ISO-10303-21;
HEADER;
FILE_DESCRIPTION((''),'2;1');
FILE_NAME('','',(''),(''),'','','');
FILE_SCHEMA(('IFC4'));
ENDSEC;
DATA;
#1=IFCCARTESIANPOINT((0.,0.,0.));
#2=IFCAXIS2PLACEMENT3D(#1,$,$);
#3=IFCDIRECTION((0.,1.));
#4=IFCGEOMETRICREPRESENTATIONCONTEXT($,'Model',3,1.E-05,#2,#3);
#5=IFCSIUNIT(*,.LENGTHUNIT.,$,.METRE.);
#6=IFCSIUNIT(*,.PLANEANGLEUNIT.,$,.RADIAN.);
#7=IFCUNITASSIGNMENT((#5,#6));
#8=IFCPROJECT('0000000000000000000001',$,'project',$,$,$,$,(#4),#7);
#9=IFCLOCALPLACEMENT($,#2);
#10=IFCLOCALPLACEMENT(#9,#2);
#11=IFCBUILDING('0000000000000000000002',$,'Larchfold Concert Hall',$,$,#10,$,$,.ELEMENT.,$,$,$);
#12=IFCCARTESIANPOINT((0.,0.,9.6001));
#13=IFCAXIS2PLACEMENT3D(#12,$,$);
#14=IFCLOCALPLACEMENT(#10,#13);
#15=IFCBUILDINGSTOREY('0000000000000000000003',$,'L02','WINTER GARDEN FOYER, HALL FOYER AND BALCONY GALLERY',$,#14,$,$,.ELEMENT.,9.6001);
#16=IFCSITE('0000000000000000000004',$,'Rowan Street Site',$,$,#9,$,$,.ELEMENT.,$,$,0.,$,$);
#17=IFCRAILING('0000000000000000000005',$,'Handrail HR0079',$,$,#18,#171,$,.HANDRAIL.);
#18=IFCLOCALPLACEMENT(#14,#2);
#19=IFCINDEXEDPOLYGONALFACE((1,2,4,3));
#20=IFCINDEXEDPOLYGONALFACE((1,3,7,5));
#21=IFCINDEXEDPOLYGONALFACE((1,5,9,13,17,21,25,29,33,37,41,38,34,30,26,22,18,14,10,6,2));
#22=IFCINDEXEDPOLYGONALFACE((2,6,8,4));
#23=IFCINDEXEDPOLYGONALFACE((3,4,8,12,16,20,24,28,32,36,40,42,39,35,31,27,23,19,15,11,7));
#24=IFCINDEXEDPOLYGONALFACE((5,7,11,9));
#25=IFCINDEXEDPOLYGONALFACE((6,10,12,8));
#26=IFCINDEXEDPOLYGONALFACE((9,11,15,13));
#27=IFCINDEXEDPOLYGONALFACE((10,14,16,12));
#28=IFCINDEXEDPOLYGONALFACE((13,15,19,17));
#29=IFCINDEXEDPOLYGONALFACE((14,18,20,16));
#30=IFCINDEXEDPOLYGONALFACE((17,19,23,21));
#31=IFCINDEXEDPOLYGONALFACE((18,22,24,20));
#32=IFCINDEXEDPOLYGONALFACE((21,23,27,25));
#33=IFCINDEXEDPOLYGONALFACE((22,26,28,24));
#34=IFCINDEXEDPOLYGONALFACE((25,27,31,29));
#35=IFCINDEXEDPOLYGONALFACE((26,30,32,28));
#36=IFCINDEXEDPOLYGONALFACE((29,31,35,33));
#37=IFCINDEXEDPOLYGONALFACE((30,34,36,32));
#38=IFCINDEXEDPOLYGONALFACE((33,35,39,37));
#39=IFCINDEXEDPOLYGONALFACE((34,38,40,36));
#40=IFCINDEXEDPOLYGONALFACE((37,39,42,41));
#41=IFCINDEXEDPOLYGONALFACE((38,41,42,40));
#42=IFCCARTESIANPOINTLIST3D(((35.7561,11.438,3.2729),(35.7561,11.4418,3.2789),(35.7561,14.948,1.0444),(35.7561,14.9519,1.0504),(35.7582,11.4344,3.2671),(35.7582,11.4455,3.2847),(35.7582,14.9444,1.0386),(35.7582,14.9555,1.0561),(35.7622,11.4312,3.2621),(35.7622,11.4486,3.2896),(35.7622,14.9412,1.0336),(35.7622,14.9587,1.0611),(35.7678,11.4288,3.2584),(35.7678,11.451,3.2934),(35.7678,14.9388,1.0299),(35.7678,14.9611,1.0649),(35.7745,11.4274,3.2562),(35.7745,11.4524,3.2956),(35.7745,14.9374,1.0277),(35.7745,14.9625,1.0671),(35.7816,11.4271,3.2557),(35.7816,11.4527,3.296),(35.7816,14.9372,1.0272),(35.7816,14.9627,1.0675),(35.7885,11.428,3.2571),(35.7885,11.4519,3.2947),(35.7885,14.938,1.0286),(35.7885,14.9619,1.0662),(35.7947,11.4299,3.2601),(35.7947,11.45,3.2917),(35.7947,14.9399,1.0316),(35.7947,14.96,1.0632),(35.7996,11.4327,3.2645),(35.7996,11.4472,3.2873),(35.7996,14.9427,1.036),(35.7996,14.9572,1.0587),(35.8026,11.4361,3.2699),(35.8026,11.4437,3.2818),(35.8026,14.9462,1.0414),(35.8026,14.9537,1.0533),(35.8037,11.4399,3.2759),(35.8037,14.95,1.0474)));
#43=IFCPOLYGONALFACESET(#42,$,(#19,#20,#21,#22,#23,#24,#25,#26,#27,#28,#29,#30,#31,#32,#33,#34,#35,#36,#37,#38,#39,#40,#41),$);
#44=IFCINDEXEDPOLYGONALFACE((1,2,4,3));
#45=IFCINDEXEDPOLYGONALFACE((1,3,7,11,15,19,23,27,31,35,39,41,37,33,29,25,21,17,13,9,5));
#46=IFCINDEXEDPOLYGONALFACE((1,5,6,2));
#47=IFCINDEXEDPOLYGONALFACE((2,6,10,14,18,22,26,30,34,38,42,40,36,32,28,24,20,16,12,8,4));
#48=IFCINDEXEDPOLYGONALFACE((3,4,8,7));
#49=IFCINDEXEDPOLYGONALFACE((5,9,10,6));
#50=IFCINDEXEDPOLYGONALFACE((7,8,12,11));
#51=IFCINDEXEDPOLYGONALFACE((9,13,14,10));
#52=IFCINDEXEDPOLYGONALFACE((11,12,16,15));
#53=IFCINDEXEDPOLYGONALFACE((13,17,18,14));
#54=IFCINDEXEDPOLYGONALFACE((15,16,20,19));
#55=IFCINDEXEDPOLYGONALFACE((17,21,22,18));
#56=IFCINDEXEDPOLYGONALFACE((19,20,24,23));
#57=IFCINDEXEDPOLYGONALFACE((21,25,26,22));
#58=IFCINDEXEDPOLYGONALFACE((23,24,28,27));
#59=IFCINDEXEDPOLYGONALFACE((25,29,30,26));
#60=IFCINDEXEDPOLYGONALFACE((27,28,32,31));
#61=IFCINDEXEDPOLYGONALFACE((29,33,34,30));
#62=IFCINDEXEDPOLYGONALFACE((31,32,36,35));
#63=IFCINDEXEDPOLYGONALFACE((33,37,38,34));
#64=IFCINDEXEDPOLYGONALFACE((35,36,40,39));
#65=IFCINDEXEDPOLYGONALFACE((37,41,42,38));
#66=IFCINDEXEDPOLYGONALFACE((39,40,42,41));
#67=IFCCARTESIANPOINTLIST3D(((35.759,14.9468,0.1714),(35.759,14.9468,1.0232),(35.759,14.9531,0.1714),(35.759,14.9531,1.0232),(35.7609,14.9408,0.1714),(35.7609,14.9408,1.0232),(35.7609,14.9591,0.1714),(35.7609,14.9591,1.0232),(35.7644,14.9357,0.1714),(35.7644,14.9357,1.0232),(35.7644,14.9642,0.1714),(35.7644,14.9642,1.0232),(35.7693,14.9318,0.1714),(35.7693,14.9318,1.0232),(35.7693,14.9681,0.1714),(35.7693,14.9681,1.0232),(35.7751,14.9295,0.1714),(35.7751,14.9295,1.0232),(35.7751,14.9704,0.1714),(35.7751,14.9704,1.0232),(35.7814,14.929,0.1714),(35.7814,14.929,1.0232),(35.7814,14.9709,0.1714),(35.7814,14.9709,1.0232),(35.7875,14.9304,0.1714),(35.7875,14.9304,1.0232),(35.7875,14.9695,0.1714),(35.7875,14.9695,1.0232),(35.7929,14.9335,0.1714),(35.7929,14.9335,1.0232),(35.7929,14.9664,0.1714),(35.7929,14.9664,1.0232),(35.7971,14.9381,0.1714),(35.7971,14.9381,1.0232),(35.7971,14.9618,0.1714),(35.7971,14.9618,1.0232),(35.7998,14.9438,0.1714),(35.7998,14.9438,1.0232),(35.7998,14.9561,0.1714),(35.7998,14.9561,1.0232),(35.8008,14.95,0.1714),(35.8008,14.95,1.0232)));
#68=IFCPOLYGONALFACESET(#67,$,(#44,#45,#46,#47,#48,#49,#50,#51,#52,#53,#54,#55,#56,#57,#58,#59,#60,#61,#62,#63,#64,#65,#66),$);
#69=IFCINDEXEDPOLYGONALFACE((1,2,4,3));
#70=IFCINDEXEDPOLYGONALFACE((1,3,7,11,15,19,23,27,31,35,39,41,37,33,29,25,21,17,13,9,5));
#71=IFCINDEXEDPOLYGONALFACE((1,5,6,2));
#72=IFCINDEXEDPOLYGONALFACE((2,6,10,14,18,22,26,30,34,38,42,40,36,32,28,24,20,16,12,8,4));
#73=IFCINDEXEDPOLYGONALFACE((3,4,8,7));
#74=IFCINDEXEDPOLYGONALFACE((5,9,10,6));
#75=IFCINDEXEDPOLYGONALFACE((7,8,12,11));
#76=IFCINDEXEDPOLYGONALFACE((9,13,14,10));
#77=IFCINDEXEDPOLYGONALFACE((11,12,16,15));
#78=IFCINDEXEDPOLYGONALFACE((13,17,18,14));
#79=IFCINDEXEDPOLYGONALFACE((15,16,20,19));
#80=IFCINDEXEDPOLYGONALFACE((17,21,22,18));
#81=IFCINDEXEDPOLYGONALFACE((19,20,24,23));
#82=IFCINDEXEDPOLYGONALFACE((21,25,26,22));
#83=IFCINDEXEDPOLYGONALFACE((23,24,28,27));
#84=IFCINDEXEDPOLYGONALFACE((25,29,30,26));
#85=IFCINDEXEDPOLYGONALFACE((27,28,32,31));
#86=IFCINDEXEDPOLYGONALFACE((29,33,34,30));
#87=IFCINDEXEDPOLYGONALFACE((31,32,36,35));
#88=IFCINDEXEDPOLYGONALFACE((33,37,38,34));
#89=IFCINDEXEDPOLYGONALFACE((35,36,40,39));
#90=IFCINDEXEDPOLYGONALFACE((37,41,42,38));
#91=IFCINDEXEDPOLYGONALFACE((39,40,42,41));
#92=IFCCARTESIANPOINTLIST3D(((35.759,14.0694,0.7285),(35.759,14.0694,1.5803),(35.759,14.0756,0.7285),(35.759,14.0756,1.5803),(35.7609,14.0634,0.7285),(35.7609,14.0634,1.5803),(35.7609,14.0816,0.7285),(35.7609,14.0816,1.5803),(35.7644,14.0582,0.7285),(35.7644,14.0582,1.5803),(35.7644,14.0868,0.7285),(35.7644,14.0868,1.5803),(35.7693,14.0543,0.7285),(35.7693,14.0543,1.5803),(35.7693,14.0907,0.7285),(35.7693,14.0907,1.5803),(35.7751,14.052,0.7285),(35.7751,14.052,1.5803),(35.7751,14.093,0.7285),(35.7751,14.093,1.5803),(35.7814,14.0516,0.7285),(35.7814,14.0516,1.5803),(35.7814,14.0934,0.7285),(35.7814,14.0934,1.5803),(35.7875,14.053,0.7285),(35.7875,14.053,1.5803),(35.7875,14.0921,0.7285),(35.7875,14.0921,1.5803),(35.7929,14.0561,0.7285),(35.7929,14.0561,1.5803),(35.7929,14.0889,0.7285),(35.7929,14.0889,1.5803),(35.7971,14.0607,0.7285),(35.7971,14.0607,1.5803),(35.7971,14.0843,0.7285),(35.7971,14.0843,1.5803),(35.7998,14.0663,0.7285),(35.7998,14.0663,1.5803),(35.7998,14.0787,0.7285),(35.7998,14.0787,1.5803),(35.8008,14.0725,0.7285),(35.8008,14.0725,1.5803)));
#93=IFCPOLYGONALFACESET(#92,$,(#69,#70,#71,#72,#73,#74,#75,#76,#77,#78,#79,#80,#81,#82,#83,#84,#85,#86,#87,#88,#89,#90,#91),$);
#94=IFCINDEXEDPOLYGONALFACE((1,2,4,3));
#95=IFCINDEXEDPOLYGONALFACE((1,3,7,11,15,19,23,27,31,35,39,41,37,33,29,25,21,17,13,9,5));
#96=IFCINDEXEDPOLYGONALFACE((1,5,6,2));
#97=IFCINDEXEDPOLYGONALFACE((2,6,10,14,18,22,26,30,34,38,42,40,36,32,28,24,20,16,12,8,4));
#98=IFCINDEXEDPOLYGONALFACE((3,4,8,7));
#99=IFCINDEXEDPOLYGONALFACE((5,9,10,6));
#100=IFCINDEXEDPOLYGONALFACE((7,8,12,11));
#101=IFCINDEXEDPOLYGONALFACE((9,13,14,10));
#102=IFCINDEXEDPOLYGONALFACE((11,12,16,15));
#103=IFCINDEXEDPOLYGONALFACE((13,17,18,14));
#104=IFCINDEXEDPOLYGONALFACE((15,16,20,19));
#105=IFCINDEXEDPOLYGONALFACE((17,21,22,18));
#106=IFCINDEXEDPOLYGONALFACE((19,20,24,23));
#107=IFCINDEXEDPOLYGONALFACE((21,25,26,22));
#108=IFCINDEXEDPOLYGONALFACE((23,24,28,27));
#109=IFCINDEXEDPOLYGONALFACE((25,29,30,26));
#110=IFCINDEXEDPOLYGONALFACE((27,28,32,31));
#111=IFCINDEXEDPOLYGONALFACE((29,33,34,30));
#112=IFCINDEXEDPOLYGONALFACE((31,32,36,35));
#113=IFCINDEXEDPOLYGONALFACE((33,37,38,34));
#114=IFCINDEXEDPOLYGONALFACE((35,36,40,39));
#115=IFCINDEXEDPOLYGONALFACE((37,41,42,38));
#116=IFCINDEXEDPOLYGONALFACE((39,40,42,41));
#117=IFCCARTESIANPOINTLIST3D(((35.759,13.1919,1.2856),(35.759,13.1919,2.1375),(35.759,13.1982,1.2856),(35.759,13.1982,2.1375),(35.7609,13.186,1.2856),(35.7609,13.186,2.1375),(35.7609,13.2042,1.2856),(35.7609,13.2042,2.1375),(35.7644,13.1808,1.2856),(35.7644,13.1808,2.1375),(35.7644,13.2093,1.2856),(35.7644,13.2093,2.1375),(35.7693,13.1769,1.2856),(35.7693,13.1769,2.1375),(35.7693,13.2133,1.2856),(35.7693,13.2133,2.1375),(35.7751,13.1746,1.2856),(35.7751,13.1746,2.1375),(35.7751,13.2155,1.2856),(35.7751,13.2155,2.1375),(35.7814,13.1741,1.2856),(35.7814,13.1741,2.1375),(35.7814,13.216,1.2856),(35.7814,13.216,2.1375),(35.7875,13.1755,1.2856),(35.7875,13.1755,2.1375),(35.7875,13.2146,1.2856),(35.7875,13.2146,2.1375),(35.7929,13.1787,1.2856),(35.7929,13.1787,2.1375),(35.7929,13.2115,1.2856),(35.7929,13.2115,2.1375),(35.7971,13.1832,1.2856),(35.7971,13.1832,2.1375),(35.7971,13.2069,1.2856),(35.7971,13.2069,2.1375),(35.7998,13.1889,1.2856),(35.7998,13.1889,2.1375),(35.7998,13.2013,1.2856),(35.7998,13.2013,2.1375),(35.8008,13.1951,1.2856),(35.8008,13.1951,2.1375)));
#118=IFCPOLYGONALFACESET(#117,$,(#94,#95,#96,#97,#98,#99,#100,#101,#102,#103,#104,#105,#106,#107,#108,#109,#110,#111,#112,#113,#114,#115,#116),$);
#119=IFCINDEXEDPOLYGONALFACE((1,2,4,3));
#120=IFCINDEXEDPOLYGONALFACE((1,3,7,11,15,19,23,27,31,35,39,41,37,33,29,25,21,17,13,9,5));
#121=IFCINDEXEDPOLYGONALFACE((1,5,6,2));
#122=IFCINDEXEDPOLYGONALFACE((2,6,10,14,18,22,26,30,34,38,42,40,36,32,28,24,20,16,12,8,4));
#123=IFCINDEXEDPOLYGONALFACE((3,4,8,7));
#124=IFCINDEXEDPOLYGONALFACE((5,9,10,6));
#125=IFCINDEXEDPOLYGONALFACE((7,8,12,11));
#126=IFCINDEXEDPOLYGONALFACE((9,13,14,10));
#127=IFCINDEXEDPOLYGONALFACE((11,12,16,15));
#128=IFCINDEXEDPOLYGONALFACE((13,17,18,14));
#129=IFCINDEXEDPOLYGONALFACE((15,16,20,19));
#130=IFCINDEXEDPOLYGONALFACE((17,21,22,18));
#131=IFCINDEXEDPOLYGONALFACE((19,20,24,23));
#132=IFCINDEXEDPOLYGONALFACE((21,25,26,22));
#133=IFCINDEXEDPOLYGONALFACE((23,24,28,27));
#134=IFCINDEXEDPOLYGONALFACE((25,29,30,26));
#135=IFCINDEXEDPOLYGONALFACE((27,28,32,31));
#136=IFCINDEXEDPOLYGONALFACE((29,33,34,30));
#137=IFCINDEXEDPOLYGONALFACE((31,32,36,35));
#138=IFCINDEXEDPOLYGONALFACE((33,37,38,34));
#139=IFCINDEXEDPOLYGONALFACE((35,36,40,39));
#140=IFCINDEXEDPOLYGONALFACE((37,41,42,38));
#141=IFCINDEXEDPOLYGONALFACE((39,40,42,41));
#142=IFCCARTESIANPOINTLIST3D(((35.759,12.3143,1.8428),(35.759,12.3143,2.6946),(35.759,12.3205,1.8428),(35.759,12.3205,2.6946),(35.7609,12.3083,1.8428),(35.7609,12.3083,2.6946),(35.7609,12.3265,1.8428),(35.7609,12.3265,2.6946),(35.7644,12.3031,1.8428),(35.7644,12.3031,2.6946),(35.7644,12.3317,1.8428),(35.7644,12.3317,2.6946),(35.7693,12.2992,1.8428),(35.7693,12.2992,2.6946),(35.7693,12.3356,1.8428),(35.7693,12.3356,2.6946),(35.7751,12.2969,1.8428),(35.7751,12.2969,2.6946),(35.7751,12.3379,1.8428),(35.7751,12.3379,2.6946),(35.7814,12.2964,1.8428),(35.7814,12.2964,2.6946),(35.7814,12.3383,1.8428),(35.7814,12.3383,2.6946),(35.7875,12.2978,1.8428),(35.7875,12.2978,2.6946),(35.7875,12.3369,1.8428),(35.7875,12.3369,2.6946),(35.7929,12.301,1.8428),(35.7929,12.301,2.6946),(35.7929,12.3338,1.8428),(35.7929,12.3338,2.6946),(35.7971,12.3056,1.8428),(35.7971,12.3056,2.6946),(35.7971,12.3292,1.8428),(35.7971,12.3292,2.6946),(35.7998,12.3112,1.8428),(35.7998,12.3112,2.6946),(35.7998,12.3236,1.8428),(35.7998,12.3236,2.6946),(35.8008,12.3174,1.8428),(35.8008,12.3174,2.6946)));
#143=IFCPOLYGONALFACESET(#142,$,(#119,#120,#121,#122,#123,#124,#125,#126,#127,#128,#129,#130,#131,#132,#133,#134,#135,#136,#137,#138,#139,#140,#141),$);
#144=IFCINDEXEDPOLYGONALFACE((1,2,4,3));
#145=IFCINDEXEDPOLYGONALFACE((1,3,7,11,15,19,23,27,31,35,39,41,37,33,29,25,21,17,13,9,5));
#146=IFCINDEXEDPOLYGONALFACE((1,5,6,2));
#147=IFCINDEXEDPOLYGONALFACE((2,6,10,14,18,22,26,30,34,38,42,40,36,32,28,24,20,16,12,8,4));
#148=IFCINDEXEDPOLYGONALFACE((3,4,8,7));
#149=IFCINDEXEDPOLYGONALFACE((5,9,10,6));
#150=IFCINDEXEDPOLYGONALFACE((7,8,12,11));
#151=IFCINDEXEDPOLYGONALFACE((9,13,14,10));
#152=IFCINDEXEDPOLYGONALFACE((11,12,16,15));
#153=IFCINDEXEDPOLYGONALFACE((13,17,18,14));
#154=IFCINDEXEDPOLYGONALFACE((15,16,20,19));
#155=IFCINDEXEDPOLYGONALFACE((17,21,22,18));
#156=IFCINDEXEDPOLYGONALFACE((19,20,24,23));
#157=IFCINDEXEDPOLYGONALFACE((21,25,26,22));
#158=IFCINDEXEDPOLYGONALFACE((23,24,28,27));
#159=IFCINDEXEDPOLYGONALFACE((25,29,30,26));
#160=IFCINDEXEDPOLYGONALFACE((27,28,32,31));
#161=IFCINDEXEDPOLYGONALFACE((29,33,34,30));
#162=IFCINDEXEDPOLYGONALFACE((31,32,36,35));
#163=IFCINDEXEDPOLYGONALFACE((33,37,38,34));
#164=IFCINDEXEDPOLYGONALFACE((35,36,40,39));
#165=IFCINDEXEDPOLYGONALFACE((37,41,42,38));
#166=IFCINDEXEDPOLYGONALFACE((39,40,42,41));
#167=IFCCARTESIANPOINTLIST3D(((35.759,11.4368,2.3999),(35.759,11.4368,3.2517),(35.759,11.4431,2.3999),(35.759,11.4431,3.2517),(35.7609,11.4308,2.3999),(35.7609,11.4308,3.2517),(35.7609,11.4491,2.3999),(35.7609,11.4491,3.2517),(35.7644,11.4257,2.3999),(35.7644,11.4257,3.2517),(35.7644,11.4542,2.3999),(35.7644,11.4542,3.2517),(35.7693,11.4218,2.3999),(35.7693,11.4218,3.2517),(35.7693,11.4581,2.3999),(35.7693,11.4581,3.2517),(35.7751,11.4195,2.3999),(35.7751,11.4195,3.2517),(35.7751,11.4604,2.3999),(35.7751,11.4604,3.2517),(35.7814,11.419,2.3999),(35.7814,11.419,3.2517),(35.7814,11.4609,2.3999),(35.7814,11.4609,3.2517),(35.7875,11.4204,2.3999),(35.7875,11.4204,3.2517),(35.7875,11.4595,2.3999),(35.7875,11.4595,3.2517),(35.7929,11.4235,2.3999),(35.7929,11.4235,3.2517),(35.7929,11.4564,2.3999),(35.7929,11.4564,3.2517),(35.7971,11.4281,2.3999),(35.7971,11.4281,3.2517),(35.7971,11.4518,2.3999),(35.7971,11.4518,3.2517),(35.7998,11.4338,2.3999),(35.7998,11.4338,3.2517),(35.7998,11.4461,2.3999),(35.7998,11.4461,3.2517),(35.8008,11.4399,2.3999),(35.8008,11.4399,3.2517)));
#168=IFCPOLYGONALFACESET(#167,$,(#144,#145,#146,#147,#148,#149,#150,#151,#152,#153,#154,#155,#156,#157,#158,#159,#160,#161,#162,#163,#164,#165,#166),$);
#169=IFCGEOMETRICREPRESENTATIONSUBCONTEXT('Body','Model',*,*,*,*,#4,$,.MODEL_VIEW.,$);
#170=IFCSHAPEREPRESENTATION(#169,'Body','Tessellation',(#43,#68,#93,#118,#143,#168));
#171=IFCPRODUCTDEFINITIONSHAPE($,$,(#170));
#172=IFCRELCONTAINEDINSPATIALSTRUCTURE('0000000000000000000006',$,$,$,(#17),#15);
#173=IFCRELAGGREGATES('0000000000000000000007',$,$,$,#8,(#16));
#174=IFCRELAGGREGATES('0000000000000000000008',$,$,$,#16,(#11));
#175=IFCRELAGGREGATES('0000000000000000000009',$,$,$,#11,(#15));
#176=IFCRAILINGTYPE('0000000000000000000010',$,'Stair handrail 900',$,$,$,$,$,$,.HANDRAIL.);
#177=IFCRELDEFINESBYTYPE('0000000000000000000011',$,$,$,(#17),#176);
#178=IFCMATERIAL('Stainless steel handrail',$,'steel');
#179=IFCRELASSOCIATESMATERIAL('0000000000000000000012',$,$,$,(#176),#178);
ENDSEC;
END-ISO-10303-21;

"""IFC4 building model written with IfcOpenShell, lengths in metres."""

from ifc_helpers import new_model, si_unit, direction, frame, origin, origin_2d, place, context, subcontext, project, spatial, circle, extrude, material, type_object, element, save


model = new_model("IFC4")

# Units and contexts
model_context = context("Model", 3, precision=1e-05, world=origin(), true_north=direction((0.0, 1.0)))
body_context = subcontext(model_context, "Body", "Model", "MODEL_VIEW")
ifc_project = project(units=[si_unit("LENGTHUNIT", "METRE"), si_unit("PLANEANGLEUNIT", "RADIAN")], contexts=[model_context])

# Site, building, storey
site_placement = place(None, origin())
site = spatial("IfcSite", under=ifc_project, at=site_placement, Name="Rowan Street Site", CompositionType="ELEMENT", RefElevation=0.0)
building_placement = place(site_placement, origin())
building = spatial("IfcBuilding", under=site, at=building_placement, Name="Larchfold Concert Hall", CompositionType="ELEMENT")
storey_placement = place(building_placement, frame((0.0, 0.0, 9.6001)))
storey = spatial("IfcBuildingStorey", under=building, at=storey_placement, Name="L02", Description="WINTER GARDEN FOYER, HALL FOYER AND BALCONY GALLERY", CompositionType="ELEMENT", Elevation=9.6001)

# Railing
ifc_material_1 = material(Name="Stainless steel handrail", Category="steel")
railing_type_1 = type_object("IfcRailingType", Name="Stair handrail 900", PredefinedType="HANDRAIL", material=ifc_material_1)
railing_1_placement = place(storey_placement, frame((35.7798, 14.95, 0.1714)))
element("IfcRailing", 1, at=railing_1_placement, inside=storey, type_object=railing_type_1, Name="Handrail HR0079", PredefinedType="HANDRAIL", context=body_context, shape_type="SweptSolid", body=[
    extrude(circle(Radius=0.0239, at=origin_2d()), frame((0.0, 0.0, 0.876), z_axis=(0.0, -0.84422, 0.535998), x_axis=(1.0, 0.0, 0.0)), (0.0, 0.0, 1.0), 4.1577),
    extrude(circle(Radius=0.021, at=origin_2d()), origin(), (0.0, 0.0, 1.0), 0.8518),
    extrude(circle(Radius=0.021, at=origin_2d()), frame((0.0, -0.8774, 0.5571)), (0.0, 0.0, 1.0), 0.8518),
    extrude(circle(Radius=0.021, at=origin_2d()), frame((0.0, -1.7549, 1.1143)), (0.0, 0.0, 1.0), 0.8518),
    extrude(circle(Radius=0.021, at=origin_2d()), frame((0.0, -2.6326, 1.6714)), (0.0, 0.0, 1.0), 0.8518),
    extrude(circle(Radius=0.021, at=origin_2d()), frame((0.0, -3.51, 2.2285)), (0.0, 0.0, 1.0), 0.8518),
])

save(model, "model.ifc")
